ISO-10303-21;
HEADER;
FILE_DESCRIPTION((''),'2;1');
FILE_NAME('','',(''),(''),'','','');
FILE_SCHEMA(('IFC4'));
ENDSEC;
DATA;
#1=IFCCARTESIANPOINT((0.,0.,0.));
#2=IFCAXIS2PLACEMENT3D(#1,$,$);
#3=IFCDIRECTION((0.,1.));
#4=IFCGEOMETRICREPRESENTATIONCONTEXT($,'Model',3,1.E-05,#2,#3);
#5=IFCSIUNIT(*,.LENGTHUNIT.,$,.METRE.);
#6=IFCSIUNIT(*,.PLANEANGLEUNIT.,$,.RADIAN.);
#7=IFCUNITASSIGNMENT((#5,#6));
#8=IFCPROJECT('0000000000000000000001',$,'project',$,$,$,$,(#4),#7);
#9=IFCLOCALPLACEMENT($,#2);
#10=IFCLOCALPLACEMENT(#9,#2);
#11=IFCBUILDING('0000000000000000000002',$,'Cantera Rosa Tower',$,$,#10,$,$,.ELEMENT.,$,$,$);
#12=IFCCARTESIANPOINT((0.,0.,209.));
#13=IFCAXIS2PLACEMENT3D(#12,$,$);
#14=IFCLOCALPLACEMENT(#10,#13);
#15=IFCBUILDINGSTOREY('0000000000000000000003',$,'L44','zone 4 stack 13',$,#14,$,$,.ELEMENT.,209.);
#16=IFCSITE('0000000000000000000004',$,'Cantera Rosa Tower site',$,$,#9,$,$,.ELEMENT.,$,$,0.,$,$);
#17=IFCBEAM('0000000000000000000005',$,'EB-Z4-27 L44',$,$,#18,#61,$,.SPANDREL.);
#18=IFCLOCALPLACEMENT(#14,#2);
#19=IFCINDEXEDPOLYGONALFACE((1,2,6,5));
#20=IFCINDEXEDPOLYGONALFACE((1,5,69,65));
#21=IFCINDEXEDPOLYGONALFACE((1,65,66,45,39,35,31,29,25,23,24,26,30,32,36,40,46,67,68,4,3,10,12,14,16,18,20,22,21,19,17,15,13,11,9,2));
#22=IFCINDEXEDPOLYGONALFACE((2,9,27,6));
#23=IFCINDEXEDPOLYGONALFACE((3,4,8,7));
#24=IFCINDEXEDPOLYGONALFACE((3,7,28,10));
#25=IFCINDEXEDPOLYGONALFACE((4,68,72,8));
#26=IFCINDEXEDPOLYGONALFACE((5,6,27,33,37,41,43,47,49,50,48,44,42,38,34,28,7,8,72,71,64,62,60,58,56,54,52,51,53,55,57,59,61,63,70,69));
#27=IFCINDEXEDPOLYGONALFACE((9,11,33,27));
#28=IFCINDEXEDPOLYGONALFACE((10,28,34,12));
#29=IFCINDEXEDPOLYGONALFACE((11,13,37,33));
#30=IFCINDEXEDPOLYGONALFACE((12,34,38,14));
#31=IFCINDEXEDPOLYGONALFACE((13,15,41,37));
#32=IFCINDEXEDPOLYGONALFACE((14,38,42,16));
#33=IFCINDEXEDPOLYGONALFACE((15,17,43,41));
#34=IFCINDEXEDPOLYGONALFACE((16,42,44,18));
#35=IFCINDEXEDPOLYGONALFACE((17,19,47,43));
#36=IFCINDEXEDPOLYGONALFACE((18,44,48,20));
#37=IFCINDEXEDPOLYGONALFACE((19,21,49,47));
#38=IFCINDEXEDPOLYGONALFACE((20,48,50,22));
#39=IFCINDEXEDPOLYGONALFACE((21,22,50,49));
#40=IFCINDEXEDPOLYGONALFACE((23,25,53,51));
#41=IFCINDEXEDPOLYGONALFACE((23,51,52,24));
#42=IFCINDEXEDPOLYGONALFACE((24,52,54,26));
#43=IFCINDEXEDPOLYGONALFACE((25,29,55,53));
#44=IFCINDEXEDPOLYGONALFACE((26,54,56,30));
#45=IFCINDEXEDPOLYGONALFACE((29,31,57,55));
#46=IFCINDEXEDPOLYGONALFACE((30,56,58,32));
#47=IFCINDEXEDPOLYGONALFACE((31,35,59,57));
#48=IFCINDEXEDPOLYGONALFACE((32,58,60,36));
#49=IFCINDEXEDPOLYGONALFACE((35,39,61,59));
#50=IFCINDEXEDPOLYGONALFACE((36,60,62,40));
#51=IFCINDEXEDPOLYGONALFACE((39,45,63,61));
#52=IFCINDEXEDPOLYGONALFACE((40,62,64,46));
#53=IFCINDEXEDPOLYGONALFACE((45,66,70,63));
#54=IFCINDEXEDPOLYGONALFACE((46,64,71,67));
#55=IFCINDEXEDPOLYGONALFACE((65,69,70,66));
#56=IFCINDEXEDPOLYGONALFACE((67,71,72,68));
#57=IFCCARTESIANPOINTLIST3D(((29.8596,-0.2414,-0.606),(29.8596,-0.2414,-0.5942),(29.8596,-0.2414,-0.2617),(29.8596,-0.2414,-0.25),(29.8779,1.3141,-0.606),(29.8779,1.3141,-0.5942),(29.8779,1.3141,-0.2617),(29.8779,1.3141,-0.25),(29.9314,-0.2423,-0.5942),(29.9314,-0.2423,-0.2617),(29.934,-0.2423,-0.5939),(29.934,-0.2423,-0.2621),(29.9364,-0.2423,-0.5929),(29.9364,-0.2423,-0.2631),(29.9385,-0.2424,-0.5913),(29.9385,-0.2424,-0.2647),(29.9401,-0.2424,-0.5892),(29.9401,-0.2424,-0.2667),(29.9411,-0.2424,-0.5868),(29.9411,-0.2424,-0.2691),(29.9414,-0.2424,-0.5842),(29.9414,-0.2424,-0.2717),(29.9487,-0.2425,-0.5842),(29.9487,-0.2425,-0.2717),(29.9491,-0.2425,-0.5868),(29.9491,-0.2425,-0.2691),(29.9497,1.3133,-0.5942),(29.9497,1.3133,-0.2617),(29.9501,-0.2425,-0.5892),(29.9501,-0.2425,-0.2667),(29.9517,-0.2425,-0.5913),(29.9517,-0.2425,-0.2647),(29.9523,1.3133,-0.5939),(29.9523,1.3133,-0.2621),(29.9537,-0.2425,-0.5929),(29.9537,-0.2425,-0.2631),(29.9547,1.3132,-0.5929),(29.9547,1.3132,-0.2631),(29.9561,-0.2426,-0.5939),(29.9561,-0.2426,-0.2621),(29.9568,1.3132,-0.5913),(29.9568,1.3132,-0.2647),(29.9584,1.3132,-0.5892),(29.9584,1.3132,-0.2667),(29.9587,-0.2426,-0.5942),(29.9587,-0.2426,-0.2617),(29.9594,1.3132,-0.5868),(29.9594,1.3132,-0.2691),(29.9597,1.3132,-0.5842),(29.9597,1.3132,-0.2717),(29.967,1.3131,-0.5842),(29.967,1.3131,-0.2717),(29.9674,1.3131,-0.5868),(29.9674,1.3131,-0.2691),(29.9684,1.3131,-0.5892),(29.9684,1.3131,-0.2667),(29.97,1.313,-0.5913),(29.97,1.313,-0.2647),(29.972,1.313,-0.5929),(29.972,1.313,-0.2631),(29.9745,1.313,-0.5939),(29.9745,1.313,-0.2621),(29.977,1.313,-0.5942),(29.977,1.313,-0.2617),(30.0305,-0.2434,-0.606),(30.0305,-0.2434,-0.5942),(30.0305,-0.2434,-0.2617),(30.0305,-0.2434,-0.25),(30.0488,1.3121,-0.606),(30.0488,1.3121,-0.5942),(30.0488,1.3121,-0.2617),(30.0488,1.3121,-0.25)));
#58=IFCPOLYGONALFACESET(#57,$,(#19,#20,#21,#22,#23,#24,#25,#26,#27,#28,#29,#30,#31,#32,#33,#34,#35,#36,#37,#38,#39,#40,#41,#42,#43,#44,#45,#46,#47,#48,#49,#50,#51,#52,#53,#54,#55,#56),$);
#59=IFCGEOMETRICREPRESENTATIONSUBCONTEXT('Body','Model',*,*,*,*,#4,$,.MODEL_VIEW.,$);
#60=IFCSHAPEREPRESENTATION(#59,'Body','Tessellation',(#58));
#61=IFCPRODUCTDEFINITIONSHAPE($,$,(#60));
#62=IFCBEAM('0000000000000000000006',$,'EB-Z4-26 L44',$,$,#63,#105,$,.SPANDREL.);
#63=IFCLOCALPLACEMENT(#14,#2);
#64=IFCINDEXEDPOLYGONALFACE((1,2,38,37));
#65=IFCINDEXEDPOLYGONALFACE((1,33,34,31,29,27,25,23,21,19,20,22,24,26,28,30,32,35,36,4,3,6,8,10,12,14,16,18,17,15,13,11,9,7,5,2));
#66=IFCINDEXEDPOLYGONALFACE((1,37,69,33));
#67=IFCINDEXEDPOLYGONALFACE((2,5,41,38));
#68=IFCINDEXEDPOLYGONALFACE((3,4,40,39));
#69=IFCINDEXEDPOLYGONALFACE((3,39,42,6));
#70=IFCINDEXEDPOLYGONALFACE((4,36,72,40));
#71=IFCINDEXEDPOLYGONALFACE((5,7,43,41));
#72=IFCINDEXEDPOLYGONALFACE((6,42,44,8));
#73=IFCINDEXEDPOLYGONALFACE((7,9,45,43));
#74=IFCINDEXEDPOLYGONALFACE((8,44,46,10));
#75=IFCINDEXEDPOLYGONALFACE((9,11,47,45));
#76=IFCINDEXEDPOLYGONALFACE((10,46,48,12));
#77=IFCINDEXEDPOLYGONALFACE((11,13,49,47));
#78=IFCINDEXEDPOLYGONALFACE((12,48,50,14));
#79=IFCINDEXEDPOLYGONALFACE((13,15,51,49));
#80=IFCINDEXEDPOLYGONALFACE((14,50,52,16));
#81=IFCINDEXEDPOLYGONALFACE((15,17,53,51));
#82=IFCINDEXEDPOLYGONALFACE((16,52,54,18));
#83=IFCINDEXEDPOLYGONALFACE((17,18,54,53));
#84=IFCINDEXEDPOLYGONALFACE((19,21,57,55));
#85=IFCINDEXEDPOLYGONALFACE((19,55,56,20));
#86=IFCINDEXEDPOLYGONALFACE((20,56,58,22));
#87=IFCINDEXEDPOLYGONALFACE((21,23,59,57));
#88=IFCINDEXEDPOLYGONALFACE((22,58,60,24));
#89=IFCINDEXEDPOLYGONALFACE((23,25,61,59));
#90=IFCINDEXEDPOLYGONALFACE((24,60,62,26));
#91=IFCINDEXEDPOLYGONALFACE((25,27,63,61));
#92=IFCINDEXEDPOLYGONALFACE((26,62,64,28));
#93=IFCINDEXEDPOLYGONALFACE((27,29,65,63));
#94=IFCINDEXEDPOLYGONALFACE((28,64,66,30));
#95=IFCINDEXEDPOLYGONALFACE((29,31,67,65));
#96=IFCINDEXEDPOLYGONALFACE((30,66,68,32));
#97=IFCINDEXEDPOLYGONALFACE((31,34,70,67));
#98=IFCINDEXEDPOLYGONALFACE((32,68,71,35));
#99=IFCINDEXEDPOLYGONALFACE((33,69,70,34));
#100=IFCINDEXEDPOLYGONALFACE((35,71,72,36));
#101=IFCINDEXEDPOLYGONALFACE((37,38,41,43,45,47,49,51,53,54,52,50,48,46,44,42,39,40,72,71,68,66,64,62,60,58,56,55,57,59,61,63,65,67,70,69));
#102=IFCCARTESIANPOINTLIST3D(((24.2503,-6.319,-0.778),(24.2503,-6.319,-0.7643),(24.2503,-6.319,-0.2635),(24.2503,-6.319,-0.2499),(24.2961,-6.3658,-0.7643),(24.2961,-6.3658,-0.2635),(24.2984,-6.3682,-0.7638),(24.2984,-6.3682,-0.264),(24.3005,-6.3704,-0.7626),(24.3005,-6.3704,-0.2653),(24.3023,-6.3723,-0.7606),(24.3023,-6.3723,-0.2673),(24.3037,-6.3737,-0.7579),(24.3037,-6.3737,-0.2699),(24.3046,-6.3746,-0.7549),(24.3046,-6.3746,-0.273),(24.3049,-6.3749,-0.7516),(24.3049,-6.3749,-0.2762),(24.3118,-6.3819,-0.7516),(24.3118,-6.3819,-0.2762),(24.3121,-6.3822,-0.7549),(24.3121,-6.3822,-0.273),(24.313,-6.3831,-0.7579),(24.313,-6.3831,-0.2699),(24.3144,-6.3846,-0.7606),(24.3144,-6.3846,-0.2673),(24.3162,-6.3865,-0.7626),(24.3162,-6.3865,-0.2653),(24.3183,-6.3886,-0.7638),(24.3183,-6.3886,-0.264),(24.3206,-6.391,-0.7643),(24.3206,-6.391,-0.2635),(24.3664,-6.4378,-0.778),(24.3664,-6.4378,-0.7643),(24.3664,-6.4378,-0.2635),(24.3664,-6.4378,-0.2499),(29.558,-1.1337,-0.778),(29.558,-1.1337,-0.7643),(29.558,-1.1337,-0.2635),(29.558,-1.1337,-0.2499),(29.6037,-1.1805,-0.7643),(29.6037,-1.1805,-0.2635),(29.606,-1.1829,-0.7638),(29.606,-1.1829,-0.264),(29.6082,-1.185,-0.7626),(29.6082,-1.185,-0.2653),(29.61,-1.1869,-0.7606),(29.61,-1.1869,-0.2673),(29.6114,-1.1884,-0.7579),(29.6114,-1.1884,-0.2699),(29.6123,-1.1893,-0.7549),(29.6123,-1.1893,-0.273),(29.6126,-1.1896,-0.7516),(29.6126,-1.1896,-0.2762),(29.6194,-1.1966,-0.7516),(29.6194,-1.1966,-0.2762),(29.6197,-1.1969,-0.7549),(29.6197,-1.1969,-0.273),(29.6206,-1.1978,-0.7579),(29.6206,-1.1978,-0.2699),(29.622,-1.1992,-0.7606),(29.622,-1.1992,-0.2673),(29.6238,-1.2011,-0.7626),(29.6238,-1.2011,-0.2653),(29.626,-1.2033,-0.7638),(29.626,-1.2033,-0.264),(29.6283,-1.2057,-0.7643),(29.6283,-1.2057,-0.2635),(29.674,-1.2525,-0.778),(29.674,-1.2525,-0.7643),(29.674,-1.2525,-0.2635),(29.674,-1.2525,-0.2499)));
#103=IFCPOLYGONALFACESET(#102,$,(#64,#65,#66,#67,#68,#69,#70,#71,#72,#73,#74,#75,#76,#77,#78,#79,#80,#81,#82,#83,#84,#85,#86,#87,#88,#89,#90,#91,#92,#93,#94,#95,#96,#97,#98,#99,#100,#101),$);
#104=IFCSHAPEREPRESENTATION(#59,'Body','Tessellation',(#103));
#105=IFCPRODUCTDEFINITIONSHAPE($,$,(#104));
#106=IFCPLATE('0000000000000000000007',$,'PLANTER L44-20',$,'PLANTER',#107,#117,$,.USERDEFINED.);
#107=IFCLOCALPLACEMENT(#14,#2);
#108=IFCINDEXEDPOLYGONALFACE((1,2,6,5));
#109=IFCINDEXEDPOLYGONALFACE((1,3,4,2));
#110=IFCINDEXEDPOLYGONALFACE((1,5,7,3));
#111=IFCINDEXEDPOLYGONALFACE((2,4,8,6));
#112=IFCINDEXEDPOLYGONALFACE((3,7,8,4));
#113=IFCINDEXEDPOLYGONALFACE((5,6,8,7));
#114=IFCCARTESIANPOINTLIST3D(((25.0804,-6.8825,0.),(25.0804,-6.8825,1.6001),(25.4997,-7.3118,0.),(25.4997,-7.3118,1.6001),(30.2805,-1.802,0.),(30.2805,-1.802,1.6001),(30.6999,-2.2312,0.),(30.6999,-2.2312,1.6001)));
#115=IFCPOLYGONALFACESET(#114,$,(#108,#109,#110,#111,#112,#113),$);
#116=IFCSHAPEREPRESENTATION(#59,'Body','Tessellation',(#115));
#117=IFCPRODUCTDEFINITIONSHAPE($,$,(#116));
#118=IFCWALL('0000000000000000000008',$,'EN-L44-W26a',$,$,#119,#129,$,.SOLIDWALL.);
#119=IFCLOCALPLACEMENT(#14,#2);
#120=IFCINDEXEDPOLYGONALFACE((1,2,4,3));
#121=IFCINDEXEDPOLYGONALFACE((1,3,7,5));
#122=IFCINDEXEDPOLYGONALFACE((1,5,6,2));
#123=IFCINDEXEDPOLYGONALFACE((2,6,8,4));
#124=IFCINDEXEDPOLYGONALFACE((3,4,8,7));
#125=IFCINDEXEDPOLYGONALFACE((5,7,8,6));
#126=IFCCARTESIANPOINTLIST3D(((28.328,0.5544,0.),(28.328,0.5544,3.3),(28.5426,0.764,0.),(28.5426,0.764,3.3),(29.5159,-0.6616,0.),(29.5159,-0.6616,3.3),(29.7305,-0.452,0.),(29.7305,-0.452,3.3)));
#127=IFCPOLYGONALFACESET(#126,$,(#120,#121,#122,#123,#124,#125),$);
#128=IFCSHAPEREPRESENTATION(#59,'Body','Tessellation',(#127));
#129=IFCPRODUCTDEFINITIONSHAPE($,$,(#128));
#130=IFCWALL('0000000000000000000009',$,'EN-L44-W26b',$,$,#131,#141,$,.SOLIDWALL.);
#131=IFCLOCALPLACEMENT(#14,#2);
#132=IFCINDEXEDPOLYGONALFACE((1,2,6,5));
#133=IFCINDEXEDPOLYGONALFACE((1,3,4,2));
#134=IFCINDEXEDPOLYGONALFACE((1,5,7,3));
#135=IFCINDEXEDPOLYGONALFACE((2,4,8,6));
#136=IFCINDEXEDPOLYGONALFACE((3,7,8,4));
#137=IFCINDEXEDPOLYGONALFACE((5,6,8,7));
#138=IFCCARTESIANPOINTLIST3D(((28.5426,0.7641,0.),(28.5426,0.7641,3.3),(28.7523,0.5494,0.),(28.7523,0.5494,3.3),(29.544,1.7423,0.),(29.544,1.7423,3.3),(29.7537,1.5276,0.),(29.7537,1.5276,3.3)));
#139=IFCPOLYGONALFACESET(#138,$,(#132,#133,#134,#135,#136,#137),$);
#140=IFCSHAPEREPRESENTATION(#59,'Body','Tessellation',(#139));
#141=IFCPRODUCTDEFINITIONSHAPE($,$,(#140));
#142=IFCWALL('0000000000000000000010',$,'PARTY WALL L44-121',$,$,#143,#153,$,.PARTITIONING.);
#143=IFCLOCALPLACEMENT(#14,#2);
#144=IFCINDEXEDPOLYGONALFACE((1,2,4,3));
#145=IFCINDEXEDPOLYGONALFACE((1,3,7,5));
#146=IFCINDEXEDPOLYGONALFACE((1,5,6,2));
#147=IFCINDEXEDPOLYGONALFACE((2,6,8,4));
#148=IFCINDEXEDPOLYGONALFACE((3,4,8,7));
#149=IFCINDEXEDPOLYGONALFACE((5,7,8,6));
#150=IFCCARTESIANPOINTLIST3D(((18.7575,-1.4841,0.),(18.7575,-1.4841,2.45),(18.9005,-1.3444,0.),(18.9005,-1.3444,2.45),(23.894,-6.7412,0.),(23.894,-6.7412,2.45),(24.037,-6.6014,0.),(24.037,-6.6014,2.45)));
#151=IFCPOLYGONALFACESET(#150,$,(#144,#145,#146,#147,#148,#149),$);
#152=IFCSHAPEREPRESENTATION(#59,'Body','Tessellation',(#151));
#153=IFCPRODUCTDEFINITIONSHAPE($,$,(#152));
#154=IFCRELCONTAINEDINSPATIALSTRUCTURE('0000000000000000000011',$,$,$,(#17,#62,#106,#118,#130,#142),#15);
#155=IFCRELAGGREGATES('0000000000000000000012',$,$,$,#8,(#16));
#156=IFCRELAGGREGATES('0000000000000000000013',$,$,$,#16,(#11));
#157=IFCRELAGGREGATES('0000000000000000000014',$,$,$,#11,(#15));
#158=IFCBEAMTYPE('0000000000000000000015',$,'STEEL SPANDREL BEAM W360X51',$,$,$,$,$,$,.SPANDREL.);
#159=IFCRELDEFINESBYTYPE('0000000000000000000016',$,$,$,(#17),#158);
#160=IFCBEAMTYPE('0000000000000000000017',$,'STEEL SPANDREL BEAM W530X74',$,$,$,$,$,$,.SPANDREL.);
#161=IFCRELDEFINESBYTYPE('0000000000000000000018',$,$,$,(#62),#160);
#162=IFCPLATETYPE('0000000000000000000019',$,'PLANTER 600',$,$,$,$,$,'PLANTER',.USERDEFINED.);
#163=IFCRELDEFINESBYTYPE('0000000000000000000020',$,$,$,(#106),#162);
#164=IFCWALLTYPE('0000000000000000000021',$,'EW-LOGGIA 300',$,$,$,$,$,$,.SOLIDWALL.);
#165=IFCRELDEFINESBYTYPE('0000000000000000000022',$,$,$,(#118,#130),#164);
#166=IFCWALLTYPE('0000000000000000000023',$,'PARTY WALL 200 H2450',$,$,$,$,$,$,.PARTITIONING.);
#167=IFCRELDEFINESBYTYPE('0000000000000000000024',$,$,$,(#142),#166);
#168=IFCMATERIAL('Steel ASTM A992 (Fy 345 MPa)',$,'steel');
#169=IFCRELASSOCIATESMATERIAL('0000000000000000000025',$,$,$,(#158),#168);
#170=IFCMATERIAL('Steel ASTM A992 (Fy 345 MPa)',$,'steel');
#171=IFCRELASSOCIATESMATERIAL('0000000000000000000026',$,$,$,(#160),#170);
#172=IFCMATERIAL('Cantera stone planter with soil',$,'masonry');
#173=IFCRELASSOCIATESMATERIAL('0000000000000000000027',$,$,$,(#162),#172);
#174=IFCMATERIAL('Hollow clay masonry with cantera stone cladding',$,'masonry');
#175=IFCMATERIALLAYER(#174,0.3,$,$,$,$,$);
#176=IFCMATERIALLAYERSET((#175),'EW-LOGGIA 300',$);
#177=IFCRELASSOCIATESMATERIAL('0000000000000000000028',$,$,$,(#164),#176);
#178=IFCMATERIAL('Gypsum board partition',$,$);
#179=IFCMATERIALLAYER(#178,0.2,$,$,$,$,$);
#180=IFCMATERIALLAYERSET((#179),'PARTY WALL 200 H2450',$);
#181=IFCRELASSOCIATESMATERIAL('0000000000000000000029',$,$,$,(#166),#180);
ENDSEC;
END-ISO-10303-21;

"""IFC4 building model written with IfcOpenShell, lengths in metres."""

from ifc_helpers import new_model, si_unit, direction, frame, frame_2d, origin, origin_2d, place, context, subcontext, project, spatial, rectangle, i_section, extrude, material, layer, layer_set, material_profile, profile_set, type_object, element, save


model = new_model("IFC4")

# Units and contexts
model_context = context("Model", 3, precision=1e-05, world=origin(), true_north=direction((0.0, 1.0)))
body_context = subcontext(model_context, "Body", "Model", "MODEL_VIEW")
ifc_project = project(units=[si_unit("LENGTHUNIT", "METRE"), si_unit("PLANEANGLEUNIT", "RADIAN")], contexts=[model_context])

# Site, building, storey
site_placement = place(None, origin())
site = spatial("IfcSite", under=ifc_project, at=site_placement, Name="Cantera Rosa Tower site", CompositionType="ELEMENT", RefElevation=0.0)
building_placement = place(site_placement, origin())
building = spatial("IfcBuilding", under=site, at=building_placement, Name="Cantera Rosa Tower", CompositionType="ELEMENT")
storey_placement = place(building_placement, frame((0.0, 0.0, 209.0)))
storey = spatial("IfcBuildingStorey", under=building, at=storey_placement, Name="L44", Description="zone 4 stack 13", CompositionType="ELEMENT", Elevation=209.0)

# Beams
ifc_material_1 = material(Name="Steel ASTM A992 (Fy 345 MPa)", Category="steel")
ifc_material_profile_1 = material_profile(ifc_material_1, i_section(OverallWidth=0.1709, OverallDepth=0.356, WebThickness=0.0073, FlangeThickness=0.0117, FilletRadius=0.01, at=origin_2d()), Name="W360X51")
ifc_profile_set_1 = profile_set([ifc_material_profile_1], Name="Steel ASTM A992 (Fy 345 MPa)")
beam_type_1 = type_object("IfcBeamType", Name="STEEL SPANDREL BEAM W360X51", PredefinedType="SPANDREL", material=ifc_profile_set_1)
beam_1_placement = place(storey_placement, frame((29.9451, -0.2424, -0.428), z_axis=(0.011769, 0.999931, 0.0), x_axis=(-0.999931, 0.011769, 0.0)))
element("IfcBeam", 1, at=beam_1_placement, inside=storey, type_object=beam_type_1, Name="EB-Z4-27 L44", PredefinedType="SPANDREL", context=body_context, shape_type="SweptSolid", body=[
    extrude(i_section(OverallWidth=0.1709, OverallDepth=0.356, WebThickness=0.0073, FlangeThickness=0.0117, FilletRadius=0.01, at=origin_2d()), origin(), (0.0, 0.0, 1.0), 1.5557),
])
ifc_material_2 = material(Name="Steel ASTM A992 (Fy 345 MPa)", Category="steel")
ifc_material_profile_2 = material_profile(ifc_material_2, i_section(OverallWidth=0.166, OverallDepth=0.5281, WebThickness=0.0098, FlangeThickness=0.0137, FilletRadius=0.0127, at=origin_2d()), Name="W530X74")
ifc_profile_set_2 = profile_set([ifc_material_profile_2], Name="Steel ASTM A992 (Fy 345 MPa)")
beam_type_2 = type_object("IfcBeamType", Name="STEEL SPANDREL BEAM W530X74", PredefinedType="SPANDREL", material=ifc_profile_set_2)
beam_2_placement = place(storey_placement, frame((24.3083, -6.3784, -0.5139), z_axis=(0.715301, 0.698817, 0.0), x_axis=(-0.698817, 0.715301, 0.0)))
element("IfcBeam", 2, at=beam_2_placement, inside=storey, type_object=beam_type_2, Name="EB-Z4-26 L44", PredefinedType="SPANDREL", context=body_context, shape_type="SweptSolid", body=[
    extrude(i_section(OverallWidth=0.166, OverallDepth=0.5281, WebThickness=0.0098, FlangeThickness=0.0137, FilletRadius=0.0127, at=origin_2d()), origin(), (0.0, 0.0, 1.0), 7.4202),
])

# Plate
ifc_material_3 = material(Name="Cantera stone planter with soil", Category="masonry")
plate_type = type_object("IfcPlateType", Name="PLANTER 600", ElementType="PLANTER", PredefinedType="USERDEFINED", material=ifc_material_3)
plate_placement = place(storey_placement, frame((27.8901, -4.5569, 0.0), z_axis=(0.0, 0.0, 1.0), x_axis=(0.715286, 0.698832, 0.0)))
element("IfcPlate", 3, at=plate_placement, inside=storey, type_object=plate_type, Name="PLANTER L44-20", ObjectType="PLANTER", PredefinedType="USERDEFINED", context=body_context, shape_type="SweptSolid", body=[
    extrude(rectangle(XDim=7.27, YDim=0.6001, at=origin_2d()), origin(), (0.0, 0.0, 1.0), 1.6001),
])

# Walls
ifc_material_4 = material(Name="Hollow clay masonry with cantera stone cladding", Category="masonry")
ifc_layer_1 = layer(ifc_material_4, 0.3)
ifc_layer_set_1 = layer_set([ifc_layer_1], Name="EW-LOGGIA 300")
wall_type_1 = type_object("IfcWallType", Name="EW-LOGGIA 300", PredefinedType="SOLIDWALL", material=ifc_layer_set_1)
wall_1_placement = place(storey_placement, frame((29.6233, -0.5569, 0.0), z_axis=(0.0, 0.0, 1.0), x_axis=(-0.698801, 0.715316, 0.0)))
element("IfcWall", 4, at=wall_1_placement, inside=storey, type_object=wall_type_1, Name="EN-L44-W26a", PredefinedType="SOLIDWALL", context=body_context, shape_type="SweptSolid", body=[
    extrude(rectangle(XDim=1.7, YDim=0.3, at=frame_2d((0.8501, 0.0))), origin(), (0.0, 0.0, 1.0), 3.3),
])
wall_2_placement = place(storey_placement, frame((28.6475, 0.6567, 0.0), z_axis=(0.0, 0.0, 1.0), x_axis=(0.715342, 0.698775, 0.0)))
element("IfcWall", 5, at=wall_2_placement, inside=storey, type_object=wall_type_1, Name="EN-L44-W26b", PredefinedType="SOLIDWALL", context=body_context, shape_type="SweptSolid", body=[
    extrude(rectangle(XDim=1.3999, YDim=0.3, at=frame_2d((0.7, 0.0))), origin(), (0.0, 0.0, 1.0), 3.3),
])

# Wall
ifc_material_5 = material(Name="Gypsum board partition")
ifc_layer_2 = layer(ifc_material_5, 0.2)
ifc_layer_set_2 = layer_set([ifc_layer_2], Name="PARTY WALL 200 H2450")
wall_type_2 = type_object("IfcWallType", Name="PARTY WALL 200 H2450", PredefinedType="PARTITIONING", material=ifc_layer_set_2)
wall_3_placement = place(storey_placement, frame((18.8291, -1.4143, 0.0), z_axis=(0.0, 0.0, 1.0), x_axis=(0.698855, -0.715264, 0.0)))
element("IfcWall", 6, at=wall_3_placement, inside=storey, type_object=wall_type_2, Name="PARTY WALL L44-121", PredefinedType="PARTITIONING", context=body_context, shape_type="SweptSolid", body=[
    extrude(rectangle(XDim=7.3499, YDim=0.2, at=frame_2d((3.6748, 0.0))), origin(), (0.0, 0.0, 1.0), 2.45),
])

save(model, "model.ifc")
